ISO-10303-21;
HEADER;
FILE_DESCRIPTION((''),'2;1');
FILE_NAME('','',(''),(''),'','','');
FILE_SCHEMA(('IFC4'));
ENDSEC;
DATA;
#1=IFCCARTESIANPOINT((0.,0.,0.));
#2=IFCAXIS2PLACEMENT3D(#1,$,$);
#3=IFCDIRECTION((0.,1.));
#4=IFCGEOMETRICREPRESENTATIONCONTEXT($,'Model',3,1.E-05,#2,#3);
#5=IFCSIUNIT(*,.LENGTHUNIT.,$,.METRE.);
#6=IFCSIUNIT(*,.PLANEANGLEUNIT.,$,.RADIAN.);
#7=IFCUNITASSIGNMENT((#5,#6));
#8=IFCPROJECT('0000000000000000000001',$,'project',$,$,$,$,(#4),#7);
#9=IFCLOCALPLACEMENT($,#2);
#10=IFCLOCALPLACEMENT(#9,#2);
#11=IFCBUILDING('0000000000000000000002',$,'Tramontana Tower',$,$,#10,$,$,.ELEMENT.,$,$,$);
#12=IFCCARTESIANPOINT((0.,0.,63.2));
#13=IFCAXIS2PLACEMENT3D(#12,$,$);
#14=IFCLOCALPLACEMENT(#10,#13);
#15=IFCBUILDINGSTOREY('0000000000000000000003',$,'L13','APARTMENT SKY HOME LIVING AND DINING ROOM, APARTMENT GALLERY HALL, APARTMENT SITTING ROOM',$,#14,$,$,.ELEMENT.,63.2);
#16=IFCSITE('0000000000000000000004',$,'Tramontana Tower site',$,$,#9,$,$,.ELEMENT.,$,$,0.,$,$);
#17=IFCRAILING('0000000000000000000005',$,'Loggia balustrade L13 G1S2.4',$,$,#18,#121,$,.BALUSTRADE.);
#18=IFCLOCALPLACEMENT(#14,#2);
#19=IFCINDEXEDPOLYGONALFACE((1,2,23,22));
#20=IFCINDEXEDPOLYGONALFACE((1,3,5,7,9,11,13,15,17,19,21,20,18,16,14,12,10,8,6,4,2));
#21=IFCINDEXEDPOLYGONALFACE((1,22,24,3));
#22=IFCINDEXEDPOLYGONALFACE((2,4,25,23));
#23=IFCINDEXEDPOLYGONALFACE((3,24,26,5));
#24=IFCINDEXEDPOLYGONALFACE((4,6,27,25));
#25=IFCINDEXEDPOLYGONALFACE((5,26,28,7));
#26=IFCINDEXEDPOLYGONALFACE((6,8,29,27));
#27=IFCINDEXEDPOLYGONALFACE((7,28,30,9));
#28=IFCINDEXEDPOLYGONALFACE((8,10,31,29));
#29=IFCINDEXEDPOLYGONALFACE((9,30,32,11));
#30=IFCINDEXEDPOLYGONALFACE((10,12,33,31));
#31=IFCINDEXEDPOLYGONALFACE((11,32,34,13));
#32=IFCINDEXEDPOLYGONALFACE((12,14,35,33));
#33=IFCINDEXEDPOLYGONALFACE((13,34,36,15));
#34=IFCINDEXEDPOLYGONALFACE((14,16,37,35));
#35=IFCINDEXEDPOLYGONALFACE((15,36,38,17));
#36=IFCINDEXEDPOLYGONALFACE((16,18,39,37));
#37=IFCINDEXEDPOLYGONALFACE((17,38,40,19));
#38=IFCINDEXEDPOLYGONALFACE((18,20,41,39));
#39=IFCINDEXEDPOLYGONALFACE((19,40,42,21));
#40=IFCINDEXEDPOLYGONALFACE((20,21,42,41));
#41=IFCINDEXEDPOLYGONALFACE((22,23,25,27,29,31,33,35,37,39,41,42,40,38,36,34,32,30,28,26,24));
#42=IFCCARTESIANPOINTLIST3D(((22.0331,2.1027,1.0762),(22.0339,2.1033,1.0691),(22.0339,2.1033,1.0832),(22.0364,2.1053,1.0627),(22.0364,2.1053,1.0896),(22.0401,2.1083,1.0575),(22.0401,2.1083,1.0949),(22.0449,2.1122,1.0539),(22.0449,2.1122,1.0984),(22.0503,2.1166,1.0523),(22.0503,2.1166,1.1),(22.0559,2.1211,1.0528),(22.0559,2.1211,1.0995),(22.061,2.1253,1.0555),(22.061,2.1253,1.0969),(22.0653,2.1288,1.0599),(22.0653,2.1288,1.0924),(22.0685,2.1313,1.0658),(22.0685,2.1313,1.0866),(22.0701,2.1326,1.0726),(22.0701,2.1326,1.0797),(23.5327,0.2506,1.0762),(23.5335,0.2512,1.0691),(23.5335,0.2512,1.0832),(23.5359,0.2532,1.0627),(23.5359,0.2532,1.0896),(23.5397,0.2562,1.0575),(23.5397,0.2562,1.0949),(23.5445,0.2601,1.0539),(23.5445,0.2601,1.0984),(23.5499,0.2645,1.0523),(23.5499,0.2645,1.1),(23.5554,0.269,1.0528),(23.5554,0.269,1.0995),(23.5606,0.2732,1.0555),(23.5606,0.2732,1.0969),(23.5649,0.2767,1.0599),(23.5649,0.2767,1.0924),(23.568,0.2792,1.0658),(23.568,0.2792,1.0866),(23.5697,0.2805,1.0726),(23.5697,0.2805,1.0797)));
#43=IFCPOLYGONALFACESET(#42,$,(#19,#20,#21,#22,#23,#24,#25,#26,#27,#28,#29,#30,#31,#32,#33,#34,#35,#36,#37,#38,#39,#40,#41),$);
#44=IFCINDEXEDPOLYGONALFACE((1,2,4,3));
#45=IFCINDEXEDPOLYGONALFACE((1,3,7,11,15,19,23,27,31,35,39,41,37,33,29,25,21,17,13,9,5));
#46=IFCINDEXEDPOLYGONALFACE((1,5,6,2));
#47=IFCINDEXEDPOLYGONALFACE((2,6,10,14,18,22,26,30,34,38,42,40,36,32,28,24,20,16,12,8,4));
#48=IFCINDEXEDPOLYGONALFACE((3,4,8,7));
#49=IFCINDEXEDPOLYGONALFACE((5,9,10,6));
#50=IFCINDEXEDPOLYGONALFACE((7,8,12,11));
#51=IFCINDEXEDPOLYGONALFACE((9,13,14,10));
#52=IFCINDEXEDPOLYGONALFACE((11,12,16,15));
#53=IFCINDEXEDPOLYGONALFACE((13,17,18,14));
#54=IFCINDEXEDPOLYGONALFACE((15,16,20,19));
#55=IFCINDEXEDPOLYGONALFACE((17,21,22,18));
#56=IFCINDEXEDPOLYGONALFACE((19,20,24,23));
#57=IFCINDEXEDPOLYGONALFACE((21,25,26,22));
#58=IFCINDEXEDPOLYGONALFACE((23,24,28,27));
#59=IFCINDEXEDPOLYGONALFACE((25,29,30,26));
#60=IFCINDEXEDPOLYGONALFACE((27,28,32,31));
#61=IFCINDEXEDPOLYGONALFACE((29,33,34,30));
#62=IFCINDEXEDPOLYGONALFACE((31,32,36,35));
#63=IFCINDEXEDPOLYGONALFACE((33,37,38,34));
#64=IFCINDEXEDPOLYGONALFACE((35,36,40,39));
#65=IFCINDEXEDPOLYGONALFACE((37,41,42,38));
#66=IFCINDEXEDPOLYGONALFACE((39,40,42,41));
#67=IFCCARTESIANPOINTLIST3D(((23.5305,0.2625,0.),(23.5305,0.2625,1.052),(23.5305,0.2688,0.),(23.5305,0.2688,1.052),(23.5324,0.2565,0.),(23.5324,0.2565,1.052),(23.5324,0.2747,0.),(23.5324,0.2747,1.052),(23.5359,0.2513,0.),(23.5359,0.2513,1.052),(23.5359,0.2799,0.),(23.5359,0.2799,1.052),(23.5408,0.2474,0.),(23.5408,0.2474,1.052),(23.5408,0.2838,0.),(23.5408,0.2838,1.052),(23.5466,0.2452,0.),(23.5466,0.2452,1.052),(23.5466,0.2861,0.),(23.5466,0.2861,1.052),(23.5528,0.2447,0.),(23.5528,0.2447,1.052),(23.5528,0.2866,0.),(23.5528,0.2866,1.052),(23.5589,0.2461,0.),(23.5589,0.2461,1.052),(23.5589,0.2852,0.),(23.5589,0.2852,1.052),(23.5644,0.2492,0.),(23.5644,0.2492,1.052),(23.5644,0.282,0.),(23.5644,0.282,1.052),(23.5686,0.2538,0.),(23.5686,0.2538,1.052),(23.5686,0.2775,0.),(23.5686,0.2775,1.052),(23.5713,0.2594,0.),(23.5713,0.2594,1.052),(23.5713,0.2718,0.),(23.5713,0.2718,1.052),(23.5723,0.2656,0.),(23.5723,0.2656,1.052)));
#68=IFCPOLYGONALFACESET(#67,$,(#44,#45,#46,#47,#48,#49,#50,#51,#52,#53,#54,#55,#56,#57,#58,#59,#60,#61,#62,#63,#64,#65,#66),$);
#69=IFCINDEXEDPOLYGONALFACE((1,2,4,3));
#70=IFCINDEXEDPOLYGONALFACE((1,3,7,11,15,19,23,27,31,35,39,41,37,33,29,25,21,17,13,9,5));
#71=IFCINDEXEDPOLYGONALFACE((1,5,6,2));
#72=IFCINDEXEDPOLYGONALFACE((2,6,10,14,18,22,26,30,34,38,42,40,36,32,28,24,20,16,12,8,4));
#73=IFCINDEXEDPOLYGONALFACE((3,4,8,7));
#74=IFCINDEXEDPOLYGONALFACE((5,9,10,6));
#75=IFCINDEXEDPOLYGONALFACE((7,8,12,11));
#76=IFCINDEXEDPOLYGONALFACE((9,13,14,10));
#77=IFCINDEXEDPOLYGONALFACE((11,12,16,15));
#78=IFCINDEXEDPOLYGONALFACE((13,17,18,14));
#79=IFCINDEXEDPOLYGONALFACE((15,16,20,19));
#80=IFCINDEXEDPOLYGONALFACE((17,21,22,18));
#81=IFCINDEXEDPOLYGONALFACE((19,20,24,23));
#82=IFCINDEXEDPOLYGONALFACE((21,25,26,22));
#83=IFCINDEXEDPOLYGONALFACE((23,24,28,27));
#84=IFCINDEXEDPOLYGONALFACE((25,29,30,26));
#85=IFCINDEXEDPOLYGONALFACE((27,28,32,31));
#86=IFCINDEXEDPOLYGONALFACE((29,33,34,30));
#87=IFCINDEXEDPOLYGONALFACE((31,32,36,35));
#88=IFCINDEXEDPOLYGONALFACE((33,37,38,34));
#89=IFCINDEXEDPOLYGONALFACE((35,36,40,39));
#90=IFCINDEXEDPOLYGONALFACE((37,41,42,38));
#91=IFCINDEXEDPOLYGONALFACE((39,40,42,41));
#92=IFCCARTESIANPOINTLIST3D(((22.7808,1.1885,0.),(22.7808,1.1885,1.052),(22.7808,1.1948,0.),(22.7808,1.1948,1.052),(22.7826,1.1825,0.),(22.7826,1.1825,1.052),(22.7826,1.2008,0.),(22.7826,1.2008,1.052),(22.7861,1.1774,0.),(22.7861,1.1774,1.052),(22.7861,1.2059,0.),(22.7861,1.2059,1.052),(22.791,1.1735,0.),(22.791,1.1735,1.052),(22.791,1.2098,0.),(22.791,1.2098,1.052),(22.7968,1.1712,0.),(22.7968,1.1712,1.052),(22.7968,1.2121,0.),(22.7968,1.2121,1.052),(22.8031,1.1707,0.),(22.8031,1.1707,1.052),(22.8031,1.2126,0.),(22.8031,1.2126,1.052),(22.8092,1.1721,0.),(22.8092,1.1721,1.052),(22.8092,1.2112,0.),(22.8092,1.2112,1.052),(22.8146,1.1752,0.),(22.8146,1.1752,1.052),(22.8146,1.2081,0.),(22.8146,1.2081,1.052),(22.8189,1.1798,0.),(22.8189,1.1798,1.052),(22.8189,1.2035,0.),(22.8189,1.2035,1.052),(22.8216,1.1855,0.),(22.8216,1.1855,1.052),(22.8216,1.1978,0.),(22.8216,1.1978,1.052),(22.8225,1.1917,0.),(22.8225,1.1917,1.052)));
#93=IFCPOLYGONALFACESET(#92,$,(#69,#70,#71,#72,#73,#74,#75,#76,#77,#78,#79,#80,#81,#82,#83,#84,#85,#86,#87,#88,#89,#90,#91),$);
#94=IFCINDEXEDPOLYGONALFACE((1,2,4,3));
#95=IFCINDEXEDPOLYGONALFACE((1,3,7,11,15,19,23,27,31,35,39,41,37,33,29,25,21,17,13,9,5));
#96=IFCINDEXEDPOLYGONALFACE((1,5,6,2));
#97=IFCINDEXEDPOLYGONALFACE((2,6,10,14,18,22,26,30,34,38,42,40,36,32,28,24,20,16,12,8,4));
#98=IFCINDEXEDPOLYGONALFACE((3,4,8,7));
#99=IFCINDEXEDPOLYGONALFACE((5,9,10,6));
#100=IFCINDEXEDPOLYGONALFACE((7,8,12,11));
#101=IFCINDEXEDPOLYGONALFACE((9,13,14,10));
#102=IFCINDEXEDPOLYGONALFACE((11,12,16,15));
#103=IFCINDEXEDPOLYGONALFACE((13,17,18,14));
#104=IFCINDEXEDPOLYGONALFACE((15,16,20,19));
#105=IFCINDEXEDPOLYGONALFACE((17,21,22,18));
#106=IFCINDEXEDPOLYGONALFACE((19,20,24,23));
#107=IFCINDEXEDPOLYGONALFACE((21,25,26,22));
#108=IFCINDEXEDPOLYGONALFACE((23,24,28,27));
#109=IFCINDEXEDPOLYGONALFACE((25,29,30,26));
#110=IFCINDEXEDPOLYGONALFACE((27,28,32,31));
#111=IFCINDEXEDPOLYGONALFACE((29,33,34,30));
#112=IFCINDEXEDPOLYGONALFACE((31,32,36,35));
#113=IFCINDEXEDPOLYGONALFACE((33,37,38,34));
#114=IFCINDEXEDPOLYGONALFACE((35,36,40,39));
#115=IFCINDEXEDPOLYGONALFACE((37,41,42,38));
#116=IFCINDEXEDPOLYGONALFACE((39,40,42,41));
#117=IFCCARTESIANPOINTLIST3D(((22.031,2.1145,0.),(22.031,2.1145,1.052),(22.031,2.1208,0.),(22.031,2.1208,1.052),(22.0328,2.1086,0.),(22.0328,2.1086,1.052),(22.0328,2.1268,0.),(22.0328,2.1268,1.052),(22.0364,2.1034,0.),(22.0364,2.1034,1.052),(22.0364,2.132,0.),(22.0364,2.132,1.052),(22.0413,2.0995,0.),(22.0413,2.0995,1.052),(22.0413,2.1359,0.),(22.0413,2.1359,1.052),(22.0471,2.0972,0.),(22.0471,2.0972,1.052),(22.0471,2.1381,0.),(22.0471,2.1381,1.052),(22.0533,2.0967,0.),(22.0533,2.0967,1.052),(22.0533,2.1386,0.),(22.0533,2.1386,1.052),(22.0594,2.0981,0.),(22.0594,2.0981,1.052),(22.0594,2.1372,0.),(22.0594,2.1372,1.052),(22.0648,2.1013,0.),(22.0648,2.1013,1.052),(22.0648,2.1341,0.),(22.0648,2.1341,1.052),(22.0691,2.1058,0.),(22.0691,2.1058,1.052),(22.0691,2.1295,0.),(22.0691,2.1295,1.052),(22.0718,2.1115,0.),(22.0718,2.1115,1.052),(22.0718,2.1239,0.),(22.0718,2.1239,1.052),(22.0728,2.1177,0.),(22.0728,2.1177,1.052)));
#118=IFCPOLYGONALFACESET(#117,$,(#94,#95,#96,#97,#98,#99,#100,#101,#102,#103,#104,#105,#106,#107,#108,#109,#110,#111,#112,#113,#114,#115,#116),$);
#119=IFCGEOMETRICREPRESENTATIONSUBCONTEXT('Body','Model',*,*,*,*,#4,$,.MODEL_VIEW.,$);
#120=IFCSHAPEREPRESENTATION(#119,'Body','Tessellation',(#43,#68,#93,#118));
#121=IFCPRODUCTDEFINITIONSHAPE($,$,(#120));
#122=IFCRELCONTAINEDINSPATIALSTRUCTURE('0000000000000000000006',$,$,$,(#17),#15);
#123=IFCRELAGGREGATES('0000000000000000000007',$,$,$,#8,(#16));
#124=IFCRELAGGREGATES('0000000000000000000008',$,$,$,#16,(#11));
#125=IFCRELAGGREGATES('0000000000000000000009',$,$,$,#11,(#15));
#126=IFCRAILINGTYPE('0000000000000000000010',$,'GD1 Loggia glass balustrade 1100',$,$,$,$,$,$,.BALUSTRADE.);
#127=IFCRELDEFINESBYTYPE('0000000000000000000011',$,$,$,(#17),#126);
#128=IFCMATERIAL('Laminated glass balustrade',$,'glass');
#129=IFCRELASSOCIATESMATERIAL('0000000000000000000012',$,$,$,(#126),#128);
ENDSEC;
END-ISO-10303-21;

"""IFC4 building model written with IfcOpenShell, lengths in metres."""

from ifc_helpers import new_model, si_unit, direction, frame, origin, origin_2d, place, context, subcontext, project, spatial, circle, extrude, material, type_object, element, save


model = new_model("IFC4")

# Units and contexts
model_context = context("Model", 3, precision=1e-05, world=origin(), true_north=direction((0.0, 1.0)))
body_context = subcontext(model_context, "Body", "Model", "MODEL_VIEW")
ifc_project = project(units=[si_unit("LENGTHUNIT", "METRE"), si_unit("PLANEANGLEUNIT", "RADIAN")], contexts=[model_context])

# Site, building, storey
site_placement = place(None, origin())
site = spatial("IfcSite", under=ifc_project, at=site_placement, Name="Tramontana Tower site", CompositionType="ELEMENT", RefElevation=0.0)
building_placement = place(site_placement, origin())
building = spatial("IfcBuilding", under=site, at=building_placement, Name="Tramontana Tower", CompositionType="ELEMENT")
storey_placement = place(building_placement, frame((0.0, 0.0, 63.2)))
storey = spatial("IfcBuildingStorey", under=building, at=storey_placement, Name="L13", Description="APARTMENT SKY HOME LIVING AND DINING ROOM, APARTMENT GALLERY HALL, APARTMENT SITTING ROOM", CompositionType="ELEMENT", Elevation=63.2)

# Railing
ifc_material_1 = material(Name="Laminated glass balustrade", Category="glass")
railing_type = type_object("IfcRailingType", Name="GD1 Loggia glass balustrade 1100", PredefinedType="BALUSTRADE", material=ifc_material_1)
railing_1_placement = place(storey_placement, frame((23.5513, 0.2656, 0.0)))
element("IfcRailing", 1, at=railing_1_placement, inside=storey, type_object=railing_type, Name="Loggia balustrade L13 G1S2.4", PredefinedType="BALUSTRADE", context=body_context, shape_type="SweptSolid", body=[
    extrude(circle(Radius=0.0239, at=origin_2d()), frame((0.0, 0.0, 1.0762), z_axis=(-0.629257, 0.777197, 0.0), x_axis=(-0.777197, -0.629257, 0.0)), (0.0, 0.0, 1.0), 2.3831),
    extrude(circle(Radius=0.021, at=origin_2d()), origin(), (0.0, 0.0, 1.0), 1.052),
    extrude(circle(Radius=0.021, at=origin_2d()), frame((-0.7498, 0.926, 0.0)), (0.0, 0.0, 1.0), 1.052),
    extrude(circle(Radius=0.021, at=origin_2d()), frame((-1.4995, 1.8521, 0.0)), (0.0, 0.0, 1.0), 1.052),
])

save(model, "model.ifc")
